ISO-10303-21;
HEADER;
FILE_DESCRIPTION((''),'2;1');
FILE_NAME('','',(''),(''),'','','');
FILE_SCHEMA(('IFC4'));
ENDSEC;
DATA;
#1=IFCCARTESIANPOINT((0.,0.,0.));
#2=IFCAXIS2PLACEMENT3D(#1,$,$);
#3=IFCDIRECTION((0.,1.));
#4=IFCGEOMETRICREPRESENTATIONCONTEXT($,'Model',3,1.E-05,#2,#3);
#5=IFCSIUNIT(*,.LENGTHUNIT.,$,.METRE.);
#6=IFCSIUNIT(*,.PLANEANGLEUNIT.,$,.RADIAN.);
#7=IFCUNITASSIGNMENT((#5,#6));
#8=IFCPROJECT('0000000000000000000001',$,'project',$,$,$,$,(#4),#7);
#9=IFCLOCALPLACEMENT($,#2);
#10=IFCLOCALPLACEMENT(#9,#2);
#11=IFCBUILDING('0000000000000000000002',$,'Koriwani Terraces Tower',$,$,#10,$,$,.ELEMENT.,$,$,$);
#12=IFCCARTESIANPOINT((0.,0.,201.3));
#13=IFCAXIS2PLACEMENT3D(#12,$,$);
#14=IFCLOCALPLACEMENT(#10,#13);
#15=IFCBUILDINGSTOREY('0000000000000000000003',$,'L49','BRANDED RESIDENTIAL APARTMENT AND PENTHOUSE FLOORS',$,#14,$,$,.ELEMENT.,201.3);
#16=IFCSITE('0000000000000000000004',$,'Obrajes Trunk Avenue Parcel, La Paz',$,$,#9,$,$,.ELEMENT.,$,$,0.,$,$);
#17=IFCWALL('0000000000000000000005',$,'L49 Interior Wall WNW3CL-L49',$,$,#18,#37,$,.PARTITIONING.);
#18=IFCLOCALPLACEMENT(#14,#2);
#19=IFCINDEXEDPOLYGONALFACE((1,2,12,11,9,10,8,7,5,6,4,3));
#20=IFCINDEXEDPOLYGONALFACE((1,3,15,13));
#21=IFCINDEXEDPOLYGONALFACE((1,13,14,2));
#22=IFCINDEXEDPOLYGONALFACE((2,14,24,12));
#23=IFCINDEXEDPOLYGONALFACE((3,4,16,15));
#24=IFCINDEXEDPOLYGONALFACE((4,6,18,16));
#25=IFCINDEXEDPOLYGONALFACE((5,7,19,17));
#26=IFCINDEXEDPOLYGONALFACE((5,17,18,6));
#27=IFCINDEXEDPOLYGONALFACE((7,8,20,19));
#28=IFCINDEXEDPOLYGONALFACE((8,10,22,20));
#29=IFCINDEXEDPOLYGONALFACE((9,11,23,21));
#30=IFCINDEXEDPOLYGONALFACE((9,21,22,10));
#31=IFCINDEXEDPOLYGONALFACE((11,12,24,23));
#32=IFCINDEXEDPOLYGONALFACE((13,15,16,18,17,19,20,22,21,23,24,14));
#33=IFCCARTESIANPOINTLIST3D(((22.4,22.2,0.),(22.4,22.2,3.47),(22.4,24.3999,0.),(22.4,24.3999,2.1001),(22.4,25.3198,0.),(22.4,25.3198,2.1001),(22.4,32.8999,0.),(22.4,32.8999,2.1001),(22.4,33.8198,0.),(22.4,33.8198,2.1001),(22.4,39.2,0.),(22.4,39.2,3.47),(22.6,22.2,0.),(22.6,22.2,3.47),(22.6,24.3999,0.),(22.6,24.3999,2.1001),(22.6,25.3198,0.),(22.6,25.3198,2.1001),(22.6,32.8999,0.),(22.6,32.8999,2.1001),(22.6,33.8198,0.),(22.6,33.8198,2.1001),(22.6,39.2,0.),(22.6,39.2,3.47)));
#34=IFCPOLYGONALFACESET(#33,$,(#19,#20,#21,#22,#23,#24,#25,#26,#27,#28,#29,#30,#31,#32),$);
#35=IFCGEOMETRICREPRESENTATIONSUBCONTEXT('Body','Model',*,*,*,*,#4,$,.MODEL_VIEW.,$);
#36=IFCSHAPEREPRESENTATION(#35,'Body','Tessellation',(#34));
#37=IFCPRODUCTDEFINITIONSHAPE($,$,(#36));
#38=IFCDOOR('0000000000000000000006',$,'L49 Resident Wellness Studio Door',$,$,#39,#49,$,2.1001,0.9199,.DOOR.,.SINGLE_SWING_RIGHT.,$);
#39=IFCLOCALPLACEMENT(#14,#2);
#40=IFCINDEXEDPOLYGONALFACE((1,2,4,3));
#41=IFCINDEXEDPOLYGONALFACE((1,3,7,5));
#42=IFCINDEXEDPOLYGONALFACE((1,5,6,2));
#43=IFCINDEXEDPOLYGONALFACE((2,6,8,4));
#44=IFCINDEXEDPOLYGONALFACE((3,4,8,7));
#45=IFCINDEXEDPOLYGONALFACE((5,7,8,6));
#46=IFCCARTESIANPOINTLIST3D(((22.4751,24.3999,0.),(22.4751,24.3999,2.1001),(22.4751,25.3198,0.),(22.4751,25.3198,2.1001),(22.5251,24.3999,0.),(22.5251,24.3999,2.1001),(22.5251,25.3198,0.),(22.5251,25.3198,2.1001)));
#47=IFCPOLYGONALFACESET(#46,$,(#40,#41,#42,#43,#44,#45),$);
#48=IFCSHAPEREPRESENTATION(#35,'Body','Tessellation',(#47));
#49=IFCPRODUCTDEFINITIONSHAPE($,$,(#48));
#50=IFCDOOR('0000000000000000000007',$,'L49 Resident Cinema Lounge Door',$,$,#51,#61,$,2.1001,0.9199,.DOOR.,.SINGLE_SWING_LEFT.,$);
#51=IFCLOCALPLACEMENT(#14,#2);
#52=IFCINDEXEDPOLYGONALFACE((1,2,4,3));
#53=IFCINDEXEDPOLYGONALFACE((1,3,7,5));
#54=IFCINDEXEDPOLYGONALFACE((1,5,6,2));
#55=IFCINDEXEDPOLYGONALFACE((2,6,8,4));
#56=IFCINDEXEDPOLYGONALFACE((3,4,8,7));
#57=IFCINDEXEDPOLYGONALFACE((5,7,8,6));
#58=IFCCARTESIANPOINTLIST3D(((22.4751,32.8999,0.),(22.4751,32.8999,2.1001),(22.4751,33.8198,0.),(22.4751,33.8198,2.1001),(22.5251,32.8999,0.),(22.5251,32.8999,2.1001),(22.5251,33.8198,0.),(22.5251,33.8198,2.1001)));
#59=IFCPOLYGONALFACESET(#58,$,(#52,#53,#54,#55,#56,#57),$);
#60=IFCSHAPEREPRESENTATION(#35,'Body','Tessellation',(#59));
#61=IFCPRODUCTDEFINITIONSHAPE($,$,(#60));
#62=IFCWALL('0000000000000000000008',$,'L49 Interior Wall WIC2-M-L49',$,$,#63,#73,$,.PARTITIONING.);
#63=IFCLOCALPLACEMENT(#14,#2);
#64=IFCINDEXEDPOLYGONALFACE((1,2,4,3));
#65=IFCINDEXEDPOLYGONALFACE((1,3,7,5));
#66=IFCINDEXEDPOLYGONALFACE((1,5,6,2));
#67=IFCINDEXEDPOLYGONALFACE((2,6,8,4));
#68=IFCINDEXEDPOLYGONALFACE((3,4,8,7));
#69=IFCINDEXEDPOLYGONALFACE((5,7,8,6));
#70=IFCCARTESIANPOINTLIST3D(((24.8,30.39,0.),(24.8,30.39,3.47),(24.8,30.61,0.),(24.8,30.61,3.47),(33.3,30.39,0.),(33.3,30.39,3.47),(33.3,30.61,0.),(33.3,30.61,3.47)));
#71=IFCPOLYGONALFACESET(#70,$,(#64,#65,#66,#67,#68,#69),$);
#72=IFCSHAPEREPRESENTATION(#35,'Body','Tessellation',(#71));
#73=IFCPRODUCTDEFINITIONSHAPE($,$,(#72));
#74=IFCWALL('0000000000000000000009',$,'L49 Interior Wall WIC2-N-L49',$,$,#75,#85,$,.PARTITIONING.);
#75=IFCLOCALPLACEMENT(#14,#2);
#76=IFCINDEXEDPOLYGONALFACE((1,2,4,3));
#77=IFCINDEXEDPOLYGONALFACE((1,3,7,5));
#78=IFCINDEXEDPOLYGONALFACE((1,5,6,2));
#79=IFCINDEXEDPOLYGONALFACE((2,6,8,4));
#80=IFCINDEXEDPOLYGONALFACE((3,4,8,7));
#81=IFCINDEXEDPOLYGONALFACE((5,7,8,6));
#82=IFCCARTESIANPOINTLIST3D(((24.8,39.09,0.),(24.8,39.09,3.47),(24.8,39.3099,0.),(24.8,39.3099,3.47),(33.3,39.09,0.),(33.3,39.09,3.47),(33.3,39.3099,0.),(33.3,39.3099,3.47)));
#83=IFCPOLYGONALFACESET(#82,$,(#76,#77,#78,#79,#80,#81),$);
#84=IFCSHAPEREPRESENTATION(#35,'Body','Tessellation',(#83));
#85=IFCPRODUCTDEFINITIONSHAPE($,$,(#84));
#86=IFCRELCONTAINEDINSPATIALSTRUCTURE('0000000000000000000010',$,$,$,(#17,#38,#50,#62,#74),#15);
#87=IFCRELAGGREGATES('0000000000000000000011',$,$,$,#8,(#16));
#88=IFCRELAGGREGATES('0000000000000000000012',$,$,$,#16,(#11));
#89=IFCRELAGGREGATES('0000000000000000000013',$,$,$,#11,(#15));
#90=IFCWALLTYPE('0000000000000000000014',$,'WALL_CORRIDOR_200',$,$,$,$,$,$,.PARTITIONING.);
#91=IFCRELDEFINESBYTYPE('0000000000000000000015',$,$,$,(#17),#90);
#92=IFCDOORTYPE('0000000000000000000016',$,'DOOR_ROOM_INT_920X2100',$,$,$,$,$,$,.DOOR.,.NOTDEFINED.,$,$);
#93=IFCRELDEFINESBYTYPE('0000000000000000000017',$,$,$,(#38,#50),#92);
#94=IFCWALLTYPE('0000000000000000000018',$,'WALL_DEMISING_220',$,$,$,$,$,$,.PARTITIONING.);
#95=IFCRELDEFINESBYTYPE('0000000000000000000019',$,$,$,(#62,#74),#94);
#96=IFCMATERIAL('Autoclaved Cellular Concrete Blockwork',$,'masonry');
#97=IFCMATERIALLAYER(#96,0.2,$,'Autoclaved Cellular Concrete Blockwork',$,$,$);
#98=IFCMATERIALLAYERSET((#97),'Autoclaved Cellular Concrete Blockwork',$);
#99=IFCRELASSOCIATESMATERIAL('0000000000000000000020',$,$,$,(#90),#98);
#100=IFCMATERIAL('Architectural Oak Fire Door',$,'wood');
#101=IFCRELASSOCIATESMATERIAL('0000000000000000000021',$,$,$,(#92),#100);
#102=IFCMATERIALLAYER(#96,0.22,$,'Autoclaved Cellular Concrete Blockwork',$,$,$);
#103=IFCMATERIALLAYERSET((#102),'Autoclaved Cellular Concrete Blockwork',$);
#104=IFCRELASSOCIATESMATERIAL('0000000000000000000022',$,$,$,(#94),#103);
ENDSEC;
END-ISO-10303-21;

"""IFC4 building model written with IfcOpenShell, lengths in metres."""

from ifc_helpers import new_model, si_unit, direction, frame, frame_2d, origin, place, context, subcontext, project, spatial, rectangle, extrude, material, layer, layer_set, type_object, element, fill, save


model = new_model("IFC4")

# Units and contexts
model_context = context("Model", 3, precision=1e-05, world=origin(), true_north=direction((0.0, 1.0)))
body_context = subcontext(model_context, "Body", "Model", "MODEL_VIEW")
ifc_project = project(units=[si_unit("LENGTHUNIT", "METRE"), si_unit("PLANEANGLEUNIT", "RADIAN")], contexts=[model_context])

# Site, building, storey
site_placement = place(None, origin())
site = spatial("IfcSite", under=ifc_project, at=site_placement, Name="Obrajes Trunk Avenue Parcel, La Paz", CompositionType="ELEMENT", RefElevation=0.0)
building_placement = place(site_placement, origin())
building = spatial("IfcBuilding", under=site, at=building_placement, Name="Koriwani Terraces Tower", CompositionType="ELEMENT")
storey_placement = place(building_placement, frame((0.0, 0.0, 201.3)))
storey = spatial("IfcBuildingStorey", under=building, at=storey_placement, Name="L49", Description="BRANDED RESIDENTIAL APARTMENT AND PENTHOUSE FLOORS", CompositionType="ELEMENT", Elevation=201.3)

# Shared definitions
ifc_material_1 = material(Name="Autoclaved Cellular Concrete Blockwork", Category="masonry")
ifc_layer_1 = layer(ifc_material_1, 0.2, Name="Autoclaved Cellular Concrete Blockwork")
ifc_layer_set_1 = layer_set([ifc_layer_1], Name="Autoclaved Cellular Concrete Blockwork")
wall_type_1 = type_object("IfcWallType", Name="WALL_CORRIDOR_200", PredefinedType="PARTITIONING", material=ifc_layer_set_1)
ifc_material_2 = material(Name="Architectural Oak Fire Door", Category="wood")
door_type = type_object("IfcDoorType", Name="DOOR_ROOM_INT_920X2100", OperationType="NOTDEFINED", PredefinedType="DOOR", material=ifc_material_2)

# Wall, openings, doors
wall_1_placement = place(storey_placement, frame((22.5, 22.2, 0.0), z_axis=(0.0, 0.0, 1.0), x_axis=(0.0, 1.0, 0.0)))
wall_1 = element("IfcWall", 1, at=wall_1_placement, inside=storey, type_object=wall_type_1, Name="L49 Interior Wall WNW3CL-L49", PredefinedType="PARTITIONING", context=body_context, shape_type="SweptSolid", body=[
    extrude(rectangle(XDim=17.0, YDim=0.2, at=frame_2d((8.5, 0.0))), origin(), (0.0, 0.0, 1.0), 3.47),
])
opening_1_placement = place(wall_1_placement, frame((2.2, 0.0, 0.0)))
opening_1 = element("IfcOpeningElement", 2, at=opening_1_placement, cuts=wall_1, PredefinedType="OPENING", context=body_context, shape_type="SweptSolid", body=[
    extrude(rectangle(XDim=0.9199, YDim=2.1001, at=frame_2d((0.46, 1.05))), frame((0.0, 0.1099, 0.0), z_axis=(0.0, -1.0, 0.0), x_axis=(1.0, 0.0, 0.0)), (0.0, 0.0, 1.0), 0.22),
])
opening_2_placement = place(wall_1_placement, frame((10.7, 0.0, 0.0)))
opening_2 = element("IfcOpeningElement", 3, at=opening_2_placement, cuts=wall_1, PredefinedType="OPENING", context=body_context, shape_type="SweptSolid", body=[
    extrude(rectangle(XDim=0.9199, YDim=2.1001, at=frame_2d((0.46, 1.05))), frame((0.0, 0.1099, 0.0), z_axis=(0.0, -1.0, 0.0), x_axis=(1.0, 0.0, 0.0)), (0.0, 0.0, 1.0), 0.22),
])
door_1_placement = place(opening_1_placement, origin())
door_1 = element("IfcDoor", 4, at=door_1_placement, inside=storey, type_object=door_type, Name="L49 Resident Wellness Studio Door", OperationType="SINGLE_SWING_RIGHT", OverallHeight=2.1001, OverallWidth=0.9199, PredefinedType="DOOR", context=body_context, shape_type="SweptSolid", body=[
    extrude(rectangle(XDim=0.9199, YDim=2.1001, at=frame_2d((0.46, 1.05))), frame((0.0, 0.0249, 0.0), z_axis=(0.0, -1.0, 0.0), x_axis=(1.0, 0.0, 0.0)), (0.0, 0.0, 1.0), 0.05),
])
fill(opening_1, door_1)
door_2_placement = place(opening_2_placement, origin())
door_2 = element("IfcDoor", 5, at=door_2_placement, inside=storey, type_object=door_type, Name="L49 Resident Cinema Lounge Door", OperationType="SINGLE_SWING_LEFT", OverallHeight=2.1001, OverallWidth=0.9199, PredefinedType="DOOR", context=body_context, shape_type="SweptSolid", body=[
    extrude(rectangle(XDim=0.9199, YDim=2.1001, at=frame_2d((0.46, 1.05))), frame((0.0, 0.0249, 0.0), z_axis=(0.0, -1.0, 0.0), x_axis=(1.0, 0.0, 0.0)), (0.0, 0.0, 1.0), 0.05),
])
fill(opening_2, door_2)

# Walls
ifc_layer_2 = layer(ifc_material_1, 0.22, Name="Autoclaved Cellular Concrete Blockwork")
ifc_layer_set_2 = layer_set([ifc_layer_2], Name="Autoclaved Cellular Concrete Blockwork")
wall_type_2 = type_object("IfcWallType", Name="WALL_DEMISING_220", PredefinedType="PARTITIONING", material=ifc_layer_set_2)
for number, where, z_axis, x_axis, name in (
    (6, (24.8, 30.5, 0.0), (0.0, 0.0, 1.0), (1.0, 0.0, 0.0), "L49 Interior Wall WIC2-M-L49"),
    (7, (24.8, 39.2, 0.0), (0.0, 0.0, 1.0), (1.0, 0.0, 0.0), "L49 Interior Wall WIC2-N-L49"),
):
    element("IfcWall", number, at=place(storey_placement, frame(where, z_axis=z_axis, x_axis=x_axis)), inside=storey, type_object=wall_type_2, Name=name, PredefinedType="PARTITIONING", context=body_context, shape_type="SweptSolid", body=[
        extrude(rectangle(XDim=8.5, YDim=0.22, at=frame_2d((4.25, 0.0))), origin(), (0.0, 0.0, 1.0), 3.47),
    ])

save(model, "model.ifc")
